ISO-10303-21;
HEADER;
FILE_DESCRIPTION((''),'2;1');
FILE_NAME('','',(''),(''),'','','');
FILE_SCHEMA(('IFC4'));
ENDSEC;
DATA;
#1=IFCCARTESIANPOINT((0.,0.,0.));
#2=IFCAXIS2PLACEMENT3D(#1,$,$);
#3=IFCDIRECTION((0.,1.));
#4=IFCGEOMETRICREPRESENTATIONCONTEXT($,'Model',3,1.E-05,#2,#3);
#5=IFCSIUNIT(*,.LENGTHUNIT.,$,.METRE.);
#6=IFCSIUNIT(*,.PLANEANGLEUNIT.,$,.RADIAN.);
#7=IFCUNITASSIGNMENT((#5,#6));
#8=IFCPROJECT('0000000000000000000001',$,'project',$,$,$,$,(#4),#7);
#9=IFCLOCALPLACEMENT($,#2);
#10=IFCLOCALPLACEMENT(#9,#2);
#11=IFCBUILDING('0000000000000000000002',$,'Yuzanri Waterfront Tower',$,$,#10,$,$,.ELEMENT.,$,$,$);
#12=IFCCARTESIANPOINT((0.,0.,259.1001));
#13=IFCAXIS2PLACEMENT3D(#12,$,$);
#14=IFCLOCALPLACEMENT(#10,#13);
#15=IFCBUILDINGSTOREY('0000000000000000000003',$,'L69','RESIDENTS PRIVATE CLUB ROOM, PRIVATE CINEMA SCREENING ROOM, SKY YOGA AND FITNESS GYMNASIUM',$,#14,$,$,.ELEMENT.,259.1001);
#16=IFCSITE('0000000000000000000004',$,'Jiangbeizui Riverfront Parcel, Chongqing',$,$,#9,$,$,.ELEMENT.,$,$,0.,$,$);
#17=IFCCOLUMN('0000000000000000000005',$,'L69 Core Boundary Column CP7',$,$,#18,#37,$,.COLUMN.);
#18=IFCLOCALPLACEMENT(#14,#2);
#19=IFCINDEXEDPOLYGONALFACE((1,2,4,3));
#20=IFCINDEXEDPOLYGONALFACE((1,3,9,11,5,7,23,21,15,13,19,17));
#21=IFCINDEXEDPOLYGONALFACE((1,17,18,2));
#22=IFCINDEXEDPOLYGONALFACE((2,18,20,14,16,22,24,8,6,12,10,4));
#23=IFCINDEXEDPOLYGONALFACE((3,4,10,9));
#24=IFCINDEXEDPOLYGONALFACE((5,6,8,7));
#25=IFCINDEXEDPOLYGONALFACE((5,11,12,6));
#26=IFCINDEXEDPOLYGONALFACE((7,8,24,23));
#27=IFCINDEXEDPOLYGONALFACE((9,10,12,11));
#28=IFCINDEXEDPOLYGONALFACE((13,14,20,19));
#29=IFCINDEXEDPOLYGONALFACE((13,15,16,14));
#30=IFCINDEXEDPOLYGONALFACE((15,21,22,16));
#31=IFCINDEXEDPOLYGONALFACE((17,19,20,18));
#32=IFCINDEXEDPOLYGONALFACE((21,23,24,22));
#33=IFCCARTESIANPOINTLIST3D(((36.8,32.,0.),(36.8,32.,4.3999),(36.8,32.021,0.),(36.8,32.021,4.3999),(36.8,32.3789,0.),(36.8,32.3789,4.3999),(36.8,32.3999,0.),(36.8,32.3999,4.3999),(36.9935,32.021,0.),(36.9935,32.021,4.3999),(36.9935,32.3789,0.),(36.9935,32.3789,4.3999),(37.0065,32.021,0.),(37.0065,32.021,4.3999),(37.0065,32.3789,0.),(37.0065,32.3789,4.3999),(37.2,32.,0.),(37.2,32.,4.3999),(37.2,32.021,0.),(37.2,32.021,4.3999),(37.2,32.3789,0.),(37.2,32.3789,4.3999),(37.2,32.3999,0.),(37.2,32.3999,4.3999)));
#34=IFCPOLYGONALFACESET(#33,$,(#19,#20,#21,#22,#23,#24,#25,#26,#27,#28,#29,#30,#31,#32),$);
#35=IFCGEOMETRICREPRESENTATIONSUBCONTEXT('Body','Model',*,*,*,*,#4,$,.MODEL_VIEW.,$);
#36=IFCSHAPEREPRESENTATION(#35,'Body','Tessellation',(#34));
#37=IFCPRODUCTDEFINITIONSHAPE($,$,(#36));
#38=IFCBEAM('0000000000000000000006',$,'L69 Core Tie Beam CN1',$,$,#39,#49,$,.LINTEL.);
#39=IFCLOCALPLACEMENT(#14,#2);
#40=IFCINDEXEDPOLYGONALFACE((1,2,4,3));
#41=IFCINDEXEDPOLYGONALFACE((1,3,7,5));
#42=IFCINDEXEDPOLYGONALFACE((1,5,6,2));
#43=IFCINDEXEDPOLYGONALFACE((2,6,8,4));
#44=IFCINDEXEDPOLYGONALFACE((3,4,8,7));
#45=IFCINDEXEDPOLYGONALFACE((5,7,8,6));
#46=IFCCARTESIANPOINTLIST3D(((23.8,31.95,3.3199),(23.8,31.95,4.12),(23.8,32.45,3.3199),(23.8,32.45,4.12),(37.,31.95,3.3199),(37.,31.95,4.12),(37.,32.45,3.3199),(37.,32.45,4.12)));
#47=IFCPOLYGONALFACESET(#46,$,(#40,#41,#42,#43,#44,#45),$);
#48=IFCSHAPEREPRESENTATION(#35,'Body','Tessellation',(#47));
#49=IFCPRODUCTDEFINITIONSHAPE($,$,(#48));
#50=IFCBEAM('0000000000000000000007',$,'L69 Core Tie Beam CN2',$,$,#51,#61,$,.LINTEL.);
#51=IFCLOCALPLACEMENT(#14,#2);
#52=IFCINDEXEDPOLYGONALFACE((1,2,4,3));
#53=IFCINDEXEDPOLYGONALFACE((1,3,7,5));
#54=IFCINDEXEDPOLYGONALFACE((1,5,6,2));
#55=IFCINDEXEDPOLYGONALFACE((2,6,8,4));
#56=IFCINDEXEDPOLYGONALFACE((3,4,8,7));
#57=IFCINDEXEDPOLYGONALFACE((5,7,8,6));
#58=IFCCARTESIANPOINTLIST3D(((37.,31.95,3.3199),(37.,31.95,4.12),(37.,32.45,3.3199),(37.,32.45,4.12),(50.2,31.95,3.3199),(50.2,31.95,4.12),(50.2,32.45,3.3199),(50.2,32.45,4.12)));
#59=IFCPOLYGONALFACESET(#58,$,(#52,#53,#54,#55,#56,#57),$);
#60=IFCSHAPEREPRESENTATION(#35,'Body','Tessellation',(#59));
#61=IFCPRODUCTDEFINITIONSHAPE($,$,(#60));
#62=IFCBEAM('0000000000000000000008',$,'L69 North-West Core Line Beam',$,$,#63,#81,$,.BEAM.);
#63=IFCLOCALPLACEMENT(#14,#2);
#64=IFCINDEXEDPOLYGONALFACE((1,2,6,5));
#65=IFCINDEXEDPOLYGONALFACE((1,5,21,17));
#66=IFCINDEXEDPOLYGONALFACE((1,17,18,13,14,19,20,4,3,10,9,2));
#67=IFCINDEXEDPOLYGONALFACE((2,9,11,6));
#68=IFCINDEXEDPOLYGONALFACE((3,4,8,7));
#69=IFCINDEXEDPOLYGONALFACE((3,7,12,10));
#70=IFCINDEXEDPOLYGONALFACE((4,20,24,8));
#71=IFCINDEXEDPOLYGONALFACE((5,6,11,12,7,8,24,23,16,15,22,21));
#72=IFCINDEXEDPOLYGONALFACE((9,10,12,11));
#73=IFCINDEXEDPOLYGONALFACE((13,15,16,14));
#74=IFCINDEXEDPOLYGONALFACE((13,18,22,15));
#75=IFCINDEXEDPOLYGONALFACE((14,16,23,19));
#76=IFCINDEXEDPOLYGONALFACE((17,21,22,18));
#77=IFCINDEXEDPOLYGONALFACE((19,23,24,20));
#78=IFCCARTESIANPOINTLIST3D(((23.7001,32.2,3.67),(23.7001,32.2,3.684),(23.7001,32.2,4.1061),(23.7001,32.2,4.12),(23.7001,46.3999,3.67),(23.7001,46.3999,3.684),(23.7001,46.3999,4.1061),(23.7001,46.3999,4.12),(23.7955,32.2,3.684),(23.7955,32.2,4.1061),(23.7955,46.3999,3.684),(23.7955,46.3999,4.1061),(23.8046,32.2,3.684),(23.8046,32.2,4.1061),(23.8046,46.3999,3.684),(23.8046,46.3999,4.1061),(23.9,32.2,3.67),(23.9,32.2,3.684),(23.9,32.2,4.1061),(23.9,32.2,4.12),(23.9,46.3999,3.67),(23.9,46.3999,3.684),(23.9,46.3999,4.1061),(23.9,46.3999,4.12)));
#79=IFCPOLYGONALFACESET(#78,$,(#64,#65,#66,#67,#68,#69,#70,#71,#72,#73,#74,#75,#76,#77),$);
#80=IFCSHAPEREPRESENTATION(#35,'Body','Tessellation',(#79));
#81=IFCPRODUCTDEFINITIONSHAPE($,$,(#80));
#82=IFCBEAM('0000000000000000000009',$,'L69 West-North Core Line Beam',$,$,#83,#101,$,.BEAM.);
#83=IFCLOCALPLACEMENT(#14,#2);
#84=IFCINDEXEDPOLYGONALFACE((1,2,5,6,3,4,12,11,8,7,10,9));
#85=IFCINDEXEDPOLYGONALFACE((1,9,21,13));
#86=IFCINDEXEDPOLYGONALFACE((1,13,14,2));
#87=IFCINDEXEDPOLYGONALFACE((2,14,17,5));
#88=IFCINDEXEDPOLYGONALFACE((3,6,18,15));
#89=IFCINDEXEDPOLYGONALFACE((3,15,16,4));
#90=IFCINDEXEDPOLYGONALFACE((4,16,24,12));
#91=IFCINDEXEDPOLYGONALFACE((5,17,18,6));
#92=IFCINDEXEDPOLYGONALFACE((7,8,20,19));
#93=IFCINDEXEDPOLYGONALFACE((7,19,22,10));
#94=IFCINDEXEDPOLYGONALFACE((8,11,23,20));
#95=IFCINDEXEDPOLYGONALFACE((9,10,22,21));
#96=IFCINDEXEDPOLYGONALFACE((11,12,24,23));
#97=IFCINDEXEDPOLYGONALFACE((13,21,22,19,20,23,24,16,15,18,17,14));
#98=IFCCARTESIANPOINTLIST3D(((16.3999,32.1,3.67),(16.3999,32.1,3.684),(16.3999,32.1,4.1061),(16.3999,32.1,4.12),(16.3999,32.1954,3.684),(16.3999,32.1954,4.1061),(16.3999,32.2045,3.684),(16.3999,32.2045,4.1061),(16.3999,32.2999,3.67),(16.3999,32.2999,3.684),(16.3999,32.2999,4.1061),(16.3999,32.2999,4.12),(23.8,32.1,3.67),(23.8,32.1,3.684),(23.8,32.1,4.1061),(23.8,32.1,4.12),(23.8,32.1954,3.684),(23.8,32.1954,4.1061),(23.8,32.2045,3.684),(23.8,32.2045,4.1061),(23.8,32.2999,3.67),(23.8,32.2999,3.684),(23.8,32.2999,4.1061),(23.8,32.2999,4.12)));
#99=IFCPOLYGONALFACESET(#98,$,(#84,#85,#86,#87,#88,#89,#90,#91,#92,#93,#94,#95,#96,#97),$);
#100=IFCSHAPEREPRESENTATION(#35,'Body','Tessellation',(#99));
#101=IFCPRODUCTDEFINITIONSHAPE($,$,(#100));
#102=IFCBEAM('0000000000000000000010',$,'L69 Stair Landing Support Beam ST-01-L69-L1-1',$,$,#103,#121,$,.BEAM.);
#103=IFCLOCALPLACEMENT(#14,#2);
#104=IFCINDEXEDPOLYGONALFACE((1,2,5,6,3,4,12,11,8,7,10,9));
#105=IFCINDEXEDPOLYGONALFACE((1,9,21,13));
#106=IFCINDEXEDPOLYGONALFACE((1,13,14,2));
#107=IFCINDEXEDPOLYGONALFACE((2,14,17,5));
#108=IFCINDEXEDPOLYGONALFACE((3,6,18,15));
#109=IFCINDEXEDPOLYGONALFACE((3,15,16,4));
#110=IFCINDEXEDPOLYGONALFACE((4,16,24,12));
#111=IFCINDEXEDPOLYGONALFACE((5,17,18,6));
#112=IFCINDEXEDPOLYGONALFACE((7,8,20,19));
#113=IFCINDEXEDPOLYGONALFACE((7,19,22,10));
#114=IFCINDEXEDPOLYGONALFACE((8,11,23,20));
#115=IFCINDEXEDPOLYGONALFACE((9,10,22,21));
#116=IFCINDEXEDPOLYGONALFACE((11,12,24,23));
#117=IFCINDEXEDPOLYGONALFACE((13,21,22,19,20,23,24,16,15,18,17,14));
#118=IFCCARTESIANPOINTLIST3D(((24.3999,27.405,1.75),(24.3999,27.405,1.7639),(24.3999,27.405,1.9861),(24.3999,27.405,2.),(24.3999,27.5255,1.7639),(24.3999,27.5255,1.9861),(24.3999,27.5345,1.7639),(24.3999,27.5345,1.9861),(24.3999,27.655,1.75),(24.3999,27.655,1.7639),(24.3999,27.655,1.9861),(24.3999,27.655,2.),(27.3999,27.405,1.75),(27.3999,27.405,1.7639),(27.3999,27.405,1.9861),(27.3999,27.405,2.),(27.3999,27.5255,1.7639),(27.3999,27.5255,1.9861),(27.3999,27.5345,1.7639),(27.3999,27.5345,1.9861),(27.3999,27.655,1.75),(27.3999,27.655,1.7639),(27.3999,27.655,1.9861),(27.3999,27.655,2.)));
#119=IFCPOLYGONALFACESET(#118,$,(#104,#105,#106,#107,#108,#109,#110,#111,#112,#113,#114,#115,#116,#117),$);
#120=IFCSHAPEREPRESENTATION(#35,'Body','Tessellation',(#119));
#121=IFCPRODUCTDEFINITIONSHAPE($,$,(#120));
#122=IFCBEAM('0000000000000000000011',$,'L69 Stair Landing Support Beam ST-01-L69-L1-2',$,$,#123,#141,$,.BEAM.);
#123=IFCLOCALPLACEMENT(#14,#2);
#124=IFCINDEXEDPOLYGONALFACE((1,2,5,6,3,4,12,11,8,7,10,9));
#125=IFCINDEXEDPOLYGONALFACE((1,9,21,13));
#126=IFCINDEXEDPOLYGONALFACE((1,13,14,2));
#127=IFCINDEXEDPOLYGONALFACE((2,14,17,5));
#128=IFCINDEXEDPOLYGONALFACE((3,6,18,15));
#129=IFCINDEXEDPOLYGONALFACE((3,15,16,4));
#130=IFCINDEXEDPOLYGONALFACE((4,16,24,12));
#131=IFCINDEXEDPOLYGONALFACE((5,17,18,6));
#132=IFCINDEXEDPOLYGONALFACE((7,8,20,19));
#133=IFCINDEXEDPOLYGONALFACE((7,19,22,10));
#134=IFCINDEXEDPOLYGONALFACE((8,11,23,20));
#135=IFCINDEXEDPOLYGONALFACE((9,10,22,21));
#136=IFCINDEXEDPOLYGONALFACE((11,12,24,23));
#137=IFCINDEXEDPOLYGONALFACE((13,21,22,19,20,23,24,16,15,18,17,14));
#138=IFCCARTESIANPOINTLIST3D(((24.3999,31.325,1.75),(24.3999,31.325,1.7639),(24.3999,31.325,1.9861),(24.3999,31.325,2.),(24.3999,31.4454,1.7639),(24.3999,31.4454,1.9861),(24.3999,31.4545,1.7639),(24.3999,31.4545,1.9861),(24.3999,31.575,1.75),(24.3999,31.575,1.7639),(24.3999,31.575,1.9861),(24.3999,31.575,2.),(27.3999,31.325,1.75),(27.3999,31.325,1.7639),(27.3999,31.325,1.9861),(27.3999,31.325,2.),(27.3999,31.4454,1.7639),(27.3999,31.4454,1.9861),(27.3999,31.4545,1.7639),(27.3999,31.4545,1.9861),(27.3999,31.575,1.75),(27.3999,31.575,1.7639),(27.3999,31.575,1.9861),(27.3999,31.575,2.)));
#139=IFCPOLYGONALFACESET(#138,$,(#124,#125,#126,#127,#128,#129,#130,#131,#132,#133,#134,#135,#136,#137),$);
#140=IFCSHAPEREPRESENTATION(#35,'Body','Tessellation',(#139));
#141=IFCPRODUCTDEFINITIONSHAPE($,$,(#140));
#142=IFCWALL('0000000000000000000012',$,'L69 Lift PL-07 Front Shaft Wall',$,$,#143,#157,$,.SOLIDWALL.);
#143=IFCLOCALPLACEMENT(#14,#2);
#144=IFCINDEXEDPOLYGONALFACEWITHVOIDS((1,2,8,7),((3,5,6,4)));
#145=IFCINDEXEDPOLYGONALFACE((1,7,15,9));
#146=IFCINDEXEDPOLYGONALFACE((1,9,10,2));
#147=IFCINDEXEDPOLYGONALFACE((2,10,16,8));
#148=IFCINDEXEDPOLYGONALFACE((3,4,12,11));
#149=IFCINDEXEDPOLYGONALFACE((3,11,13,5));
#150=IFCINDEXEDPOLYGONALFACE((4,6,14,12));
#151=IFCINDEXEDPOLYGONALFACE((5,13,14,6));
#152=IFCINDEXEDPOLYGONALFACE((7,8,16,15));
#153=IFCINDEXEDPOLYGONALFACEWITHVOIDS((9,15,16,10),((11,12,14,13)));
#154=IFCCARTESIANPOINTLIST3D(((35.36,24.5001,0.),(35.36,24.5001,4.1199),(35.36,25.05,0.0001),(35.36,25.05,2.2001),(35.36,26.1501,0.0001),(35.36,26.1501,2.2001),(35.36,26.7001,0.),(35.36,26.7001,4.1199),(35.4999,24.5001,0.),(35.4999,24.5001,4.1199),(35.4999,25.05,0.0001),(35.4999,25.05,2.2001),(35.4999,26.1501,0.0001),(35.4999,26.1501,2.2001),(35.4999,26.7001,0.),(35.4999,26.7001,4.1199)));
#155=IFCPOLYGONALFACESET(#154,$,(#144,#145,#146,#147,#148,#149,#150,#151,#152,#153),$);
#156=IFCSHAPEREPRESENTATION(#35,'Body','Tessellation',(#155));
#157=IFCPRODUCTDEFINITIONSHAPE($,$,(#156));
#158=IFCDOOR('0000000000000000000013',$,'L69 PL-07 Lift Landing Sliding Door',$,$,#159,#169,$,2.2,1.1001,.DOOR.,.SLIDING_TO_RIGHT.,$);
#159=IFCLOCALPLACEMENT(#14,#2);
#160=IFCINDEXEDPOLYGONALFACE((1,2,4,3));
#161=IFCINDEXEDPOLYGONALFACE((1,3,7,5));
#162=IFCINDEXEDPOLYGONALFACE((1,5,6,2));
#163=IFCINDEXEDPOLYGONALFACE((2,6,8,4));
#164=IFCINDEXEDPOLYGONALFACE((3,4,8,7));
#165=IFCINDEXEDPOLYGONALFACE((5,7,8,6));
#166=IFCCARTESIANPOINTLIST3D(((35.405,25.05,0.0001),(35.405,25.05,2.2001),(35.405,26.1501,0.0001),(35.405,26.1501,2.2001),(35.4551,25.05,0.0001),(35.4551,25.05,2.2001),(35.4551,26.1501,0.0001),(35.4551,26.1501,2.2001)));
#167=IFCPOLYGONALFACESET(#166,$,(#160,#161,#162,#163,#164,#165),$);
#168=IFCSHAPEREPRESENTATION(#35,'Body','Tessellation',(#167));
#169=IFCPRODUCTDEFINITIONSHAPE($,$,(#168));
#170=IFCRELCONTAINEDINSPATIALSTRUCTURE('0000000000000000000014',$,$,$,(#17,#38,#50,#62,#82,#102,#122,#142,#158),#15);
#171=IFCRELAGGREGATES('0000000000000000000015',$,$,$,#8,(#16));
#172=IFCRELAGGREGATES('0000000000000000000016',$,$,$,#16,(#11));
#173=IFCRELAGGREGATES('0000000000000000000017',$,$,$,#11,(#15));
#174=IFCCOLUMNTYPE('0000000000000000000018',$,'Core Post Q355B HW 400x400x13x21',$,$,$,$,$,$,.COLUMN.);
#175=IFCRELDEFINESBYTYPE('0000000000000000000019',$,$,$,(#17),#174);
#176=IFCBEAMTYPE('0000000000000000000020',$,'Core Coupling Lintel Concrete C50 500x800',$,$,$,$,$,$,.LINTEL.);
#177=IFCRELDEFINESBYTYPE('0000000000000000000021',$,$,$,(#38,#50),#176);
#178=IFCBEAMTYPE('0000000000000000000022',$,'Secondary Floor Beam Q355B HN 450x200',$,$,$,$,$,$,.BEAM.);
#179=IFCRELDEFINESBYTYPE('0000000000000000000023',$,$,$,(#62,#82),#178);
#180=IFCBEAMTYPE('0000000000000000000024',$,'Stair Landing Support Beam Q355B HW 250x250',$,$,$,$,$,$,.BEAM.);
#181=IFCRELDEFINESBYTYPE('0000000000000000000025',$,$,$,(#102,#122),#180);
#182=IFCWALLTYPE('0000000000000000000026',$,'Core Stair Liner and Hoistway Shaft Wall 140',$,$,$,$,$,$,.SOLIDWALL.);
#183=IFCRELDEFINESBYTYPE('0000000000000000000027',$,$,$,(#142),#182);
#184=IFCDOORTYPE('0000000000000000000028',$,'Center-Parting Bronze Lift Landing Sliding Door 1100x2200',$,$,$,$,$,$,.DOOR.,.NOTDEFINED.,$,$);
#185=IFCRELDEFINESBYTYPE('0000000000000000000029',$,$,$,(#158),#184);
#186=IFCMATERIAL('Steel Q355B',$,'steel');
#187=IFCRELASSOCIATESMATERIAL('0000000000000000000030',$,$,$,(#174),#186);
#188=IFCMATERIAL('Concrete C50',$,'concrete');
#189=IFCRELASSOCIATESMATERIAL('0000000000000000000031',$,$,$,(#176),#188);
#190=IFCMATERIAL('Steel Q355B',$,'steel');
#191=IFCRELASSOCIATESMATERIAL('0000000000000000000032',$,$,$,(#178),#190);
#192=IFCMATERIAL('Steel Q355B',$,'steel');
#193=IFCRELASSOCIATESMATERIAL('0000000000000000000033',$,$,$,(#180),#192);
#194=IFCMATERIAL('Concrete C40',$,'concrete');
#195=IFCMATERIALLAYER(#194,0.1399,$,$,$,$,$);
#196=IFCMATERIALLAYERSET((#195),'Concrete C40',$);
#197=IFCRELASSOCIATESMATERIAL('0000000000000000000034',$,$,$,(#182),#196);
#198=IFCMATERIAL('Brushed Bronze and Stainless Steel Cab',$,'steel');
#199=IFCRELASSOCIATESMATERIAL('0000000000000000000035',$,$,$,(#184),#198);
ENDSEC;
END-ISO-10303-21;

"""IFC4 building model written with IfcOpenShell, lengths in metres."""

from ifc_helpers import new_model, si_unit, direction, frame, frame_2d, origin, origin_2d, place, context, subcontext, project, spatial, rectangle, i_section, extrude, source, transform, mapped, material, layer, layer_set, material_profile, profile_set, type_object, element, fill, save


model = new_model("IFC4")

# Units and contexts
model_context = context("Model", 3, precision=1e-05, world=origin(), true_north=direction((0.0, 1.0)))
body_context = subcontext(model_context, "Body", "Model", "MODEL_VIEW")
ifc_project = project(units=[si_unit("LENGTHUNIT", "METRE"), si_unit("PLANEANGLEUNIT", "RADIAN")], contexts=[model_context])

# Site, building, storey
site_placement = place(None, origin())
site = spatial("IfcSite", under=ifc_project, at=site_placement, Name="Jiangbeizui Riverfront Parcel, Chongqing", CompositionType="ELEMENT", RefElevation=0.0)
building_placement = place(site_placement, origin())
building = spatial("IfcBuilding", under=site, at=building_placement, Name="Yuzanri Waterfront Tower", CompositionType="ELEMENT")
storey_placement = place(building_placement, frame((0.0, 0.0, 259.1001)))
storey = spatial("IfcBuildingStorey", under=building, at=storey_placement, Name="L69", Description="RESIDENTS PRIVATE CLUB ROOM, PRIVATE CINEMA SCREENING ROOM, SKY YOGA AND FITNESS GYMNASIUM", CompositionType="ELEMENT", Elevation=259.1001)

# Column
ifc_material_1 = material(Name="Steel Q355B", Category="steel")
ifc_material_profile_1 = material_profile(ifc_material_1, i_section(OverallWidth=0.3999, OverallDepth=0.3999, WebThickness=0.0129, FlangeThickness=0.021, at=origin_2d()), Name="HW 400x400x13x21")
ifc_profile_set_1 = profile_set([ifc_material_profile_1], Name="Steel Q355B")
column_type = type_object("IfcColumnType", Name="Core Post Q355B HW 400x400x13x21", PredefinedType="COLUMN", material=ifc_profile_set_1)
shared_shape_1 = source(origin(), body_context, "Body", "SweptSolid", [
    extrude(i_section(OverallWidth=0.3999, OverallDepth=0.3999, WebThickness=0.0129, FlangeThickness=0.021, at=origin_2d()), origin(), (0.0, 0.0, 1.0), 4.3999),
])
column_placement = place(storey_placement, frame((37.0, 32.2, 0.0), z_axis=(0.0, 0.0, 1.0), x_axis=(1.0, 0.0, 0.0)))
element("IfcColumn", 1, at=column_placement, inside=storey, type_object=column_type, Name="L69 Core Boundary Column CP7", PredefinedType="COLUMN", context=body_context, shape_type="MappedRepresentation", body=[
    mapped(shared_shape_1, transform((0.0, 0.0, 0.0), scale=1.0)),
])

# Beams
ifc_material_2 = material(Name="Concrete C50", Category="concrete")
ifc_material_profile_2 = material_profile(ifc_material_2, rectangle(XDim=0.5, YDim=0.8, at=origin_2d()), Name="RC 500x800")
ifc_profile_set_2 = profile_set([ifc_material_profile_2], Name="Concrete C50")
beam_type_1 = type_object("IfcBeamType", Name="Core Coupling Lintel Concrete C50 500x800", PredefinedType="LINTEL", material=ifc_profile_set_2)
shared_shape_2 = source(origin(), body_context, "Body", "SweptSolid", [
    extrude(rectangle(XDim=0.5, YDim=0.8, at=origin_2d()), origin(), (0.0, 0.0, 1.0), 13.2),
])
for number, where, z_axis, x_axis, name in (
    (2, (23.8, 32.2, 3.72), (1.0, 0.0, 0.0), (0.0, 1.0, 0.0), "L69 Core Tie Beam CN1"),
    (3, (37.0, 32.2, 3.72), (1.0, 0.0, 0.0), (0.0, 1.0, 0.0), "L69 Core Tie Beam CN2"),
):
    element("IfcBeam", number, at=place(storey_placement, frame(where, z_axis=z_axis, x_axis=x_axis)), inside=storey, type_object=beam_type_1, Name=name, PredefinedType="LINTEL", context=body_context, shape_type="MappedRepresentation", body=[
        mapped(shared_shape_2, transform((0.0, 0.0, 0.0), scale=1.0)),
    ])
ifc_material_3 = material(Name="Steel Q355B", Category="steel")
ifc_material_profile_3 = material_profile(ifc_material_3, i_section(OverallWidth=0.2, OverallDepth=0.45, WebThickness=0.009, FlangeThickness=0.0139, at=origin_2d()), Name="HN 450x200x9x14")
ifc_profile_set_3 = profile_set([ifc_material_profile_3], Name="Steel Q355B")
beam_type_2 = type_object("IfcBeamType", Name="Secondary Floor Beam Q355B HN 450x200", PredefinedType="BEAM", material=ifc_profile_set_3)
shared_shape_3 = source(origin(), body_context, "Body", "SweptSolid", [
    extrude(i_section(OverallWidth=0.2, OverallDepth=0.45, WebThickness=0.009, FlangeThickness=0.0139, at=origin_2d()), origin(), (0.0, 0.0, 1.0), 14.2),
])
beam_1_placement = place(storey_placement, frame((23.8, 32.2, 3.895), z_axis=(0.0, 1.0, 0.0), x_axis=(-1.0, 0.0, 0.0)))
element("IfcBeam", 4, at=beam_1_placement, inside=storey, type_object=beam_type_2, Name="L69 North-West Core Line Beam", PredefinedType="BEAM", context=body_context, shape_type="MappedRepresentation", body=[
    mapped(shared_shape_3, transform((0.0, 0.0, 0.0), scale=1.0)),
])
shared_shape_4 = source(origin(), body_context, "Body", "SweptSolid", [
    extrude(i_section(OverallWidth=0.2, OverallDepth=0.45, WebThickness=0.009, FlangeThickness=0.0139, at=origin_2d()), origin(), (0.0, 0.0, 1.0), 7.4001),
])
beam_2_placement = place(storey_placement, frame((23.8, 32.2, 3.895), z_axis=(-1.0, 0.0, 0.0), x_axis=(0.0, -1.0, 0.0)))
element("IfcBeam", 5, at=beam_2_placement, inside=storey, type_object=beam_type_2, Name="L69 West-North Core Line Beam", PredefinedType="BEAM", context=body_context, shape_type="MappedRepresentation", body=[
    mapped(shared_shape_4, transform((0.0, 0.0, 0.0), scale=1.0)),
])
ifc_material_4 = material(Name="Steel Q355B", Category="steel")
ifc_material_profile_4 = material_profile(ifc_material_4, i_section(OverallWidth=0.25, OverallDepth=0.25, WebThickness=0.009, FlangeThickness=0.0139, at=origin_2d()), Name="HW 250x250x9x14")
ifc_profile_set_4 = profile_set([ifc_material_profile_4], Name="Steel Q355B")
beam_type_3 = type_object("IfcBeamType", Name="Stair Landing Support Beam Q355B HW 250x250", PredefinedType="BEAM", material=ifc_profile_set_4)
shared_shape_5 = source(origin(), body_context, "Body", "SweptSolid", [
    extrude(i_section(OverallWidth=0.25, OverallDepth=0.25, WebThickness=0.009, FlangeThickness=0.0139, at=origin_2d()), origin(), (0.0, 0.0, 1.0), 3.0),
])
for number, where, z_axis, x_axis, name in (
    (6, (24.3999, 27.53, 1.875), (1.0, 0.0, 0.0), (0.0, 1.0, 0.0), "L69 Stair Landing Support Beam ST-01-L69-L1-1"),
    (7, (24.3999, 31.45, 1.875), (1.0, 0.0, 0.0), (0.0, 1.0, 0.0), "L69 Stair Landing Support Beam ST-01-L69-L1-2"),
):
    element("IfcBeam", number, at=place(storey_placement, frame(where, z_axis=z_axis, x_axis=x_axis)), inside=storey, type_object=beam_type_3, Name=name, PredefinedType="BEAM", context=body_context, shape_type="MappedRepresentation", body=[
        mapped(shared_shape_5, transform((0.0, 0.0, 0.0), scale=1.0)),
    ])

# Wall, opening, door
ifc_material_5 = material(Name="Concrete C40", Category="concrete")
ifc_layer_1 = layer(ifc_material_5, 0.1399)
ifc_layer_set_1 = layer_set([ifc_layer_1], Name="Concrete C40")
wall_type_1 = type_object("IfcWallType", Name="Core Stair Liner and Hoistway Shaft Wall 140", PredefinedType="SOLIDWALL", material=ifc_layer_set_1)
wall_1_placement = place(storey_placement, frame((35.4299, 24.5, 0.0), z_axis=(0.0, 0.0, 1.0), x_axis=(0.0, 1.0, 0.0)))
wall_1 = element("IfcWall", 8, at=wall_1_placement, inside=storey, type_object=wall_type_1, Name="L69 Lift PL-07 Front Shaft Wall", PredefinedType="SOLIDWALL", context=body_context, shape_type="SweptSolid", body=[
    extrude(rectangle(XDim=2.2, YDim=0.1399, at=frame_2d((1.1001, 0.0))), origin(), (0.0, 0.0, 1.0), 4.1199),
])
opening_1_placement = place(wall_1_placement, frame((0.55, 0.0, 0.0)))
opening_1 = element("IfcOpeningElement", 9, at=opening_1_placement, cuts=wall_1, PredefinedType="OPENING", context=body_context, shape_type="SweptSolid", body=[
    extrude(rectangle(XDim=1.1001, YDim=2.2, at=frame_2d((0.55, 1.1001))), frame((0.0, 0.085, 0.0), z_axis=(0.0, -1.0, 0.0), x_axis=(1.0, 0.0, 0.0)), (0.0, 0.0, 1.0), 0.1697),
])
ifc_material_6 = material(Name="Brushed Bronze and Stainless Steel Cab", Category="steel")
door_type_1 = type_object("IfcDoorType", Name="Center-Parting Bronze Lift Landing Sliding Door 1100x2200", OperationType="NOTDEFINED", PredefinedType="DOOR", material=ifc_material_6)
shared_shape_6 = source(origin(), body_context, "Body", "SweptSolid", [
    extrude(rectangle(XDim=1.1001, YDim=2.2, at=frame_2d((0.55, 1.1001))), frame((0.0, 0.0249, 0.0), z_axis=(0.0, -1.0, 0.0), x_axis=(1.0, 0.0, 0.0)), (0.0, 0.0, 1.0), 0.05),
])
door_1_placement = place(opening_1_placement, origin())
door_1 = element("IfcDoor", 10, at=door_1_placement, inside=storey, type_object=door_type_1, Name="L69 PL-07 Lift Landing Sliding Door", OperationType="SLIDING_TO_RIGHT", OverallHeight=2.2, OverallWidth=1.1001, PredefinedType="DOOR", context=body_context, shape_type="MappedRepresentation", body=[
    mapped(shared_shape_6, transform((0.0, 0.0, 0.0), scale=1.0)),
])
fill(opening_1, door_1)

save(model, "model.ifc")
